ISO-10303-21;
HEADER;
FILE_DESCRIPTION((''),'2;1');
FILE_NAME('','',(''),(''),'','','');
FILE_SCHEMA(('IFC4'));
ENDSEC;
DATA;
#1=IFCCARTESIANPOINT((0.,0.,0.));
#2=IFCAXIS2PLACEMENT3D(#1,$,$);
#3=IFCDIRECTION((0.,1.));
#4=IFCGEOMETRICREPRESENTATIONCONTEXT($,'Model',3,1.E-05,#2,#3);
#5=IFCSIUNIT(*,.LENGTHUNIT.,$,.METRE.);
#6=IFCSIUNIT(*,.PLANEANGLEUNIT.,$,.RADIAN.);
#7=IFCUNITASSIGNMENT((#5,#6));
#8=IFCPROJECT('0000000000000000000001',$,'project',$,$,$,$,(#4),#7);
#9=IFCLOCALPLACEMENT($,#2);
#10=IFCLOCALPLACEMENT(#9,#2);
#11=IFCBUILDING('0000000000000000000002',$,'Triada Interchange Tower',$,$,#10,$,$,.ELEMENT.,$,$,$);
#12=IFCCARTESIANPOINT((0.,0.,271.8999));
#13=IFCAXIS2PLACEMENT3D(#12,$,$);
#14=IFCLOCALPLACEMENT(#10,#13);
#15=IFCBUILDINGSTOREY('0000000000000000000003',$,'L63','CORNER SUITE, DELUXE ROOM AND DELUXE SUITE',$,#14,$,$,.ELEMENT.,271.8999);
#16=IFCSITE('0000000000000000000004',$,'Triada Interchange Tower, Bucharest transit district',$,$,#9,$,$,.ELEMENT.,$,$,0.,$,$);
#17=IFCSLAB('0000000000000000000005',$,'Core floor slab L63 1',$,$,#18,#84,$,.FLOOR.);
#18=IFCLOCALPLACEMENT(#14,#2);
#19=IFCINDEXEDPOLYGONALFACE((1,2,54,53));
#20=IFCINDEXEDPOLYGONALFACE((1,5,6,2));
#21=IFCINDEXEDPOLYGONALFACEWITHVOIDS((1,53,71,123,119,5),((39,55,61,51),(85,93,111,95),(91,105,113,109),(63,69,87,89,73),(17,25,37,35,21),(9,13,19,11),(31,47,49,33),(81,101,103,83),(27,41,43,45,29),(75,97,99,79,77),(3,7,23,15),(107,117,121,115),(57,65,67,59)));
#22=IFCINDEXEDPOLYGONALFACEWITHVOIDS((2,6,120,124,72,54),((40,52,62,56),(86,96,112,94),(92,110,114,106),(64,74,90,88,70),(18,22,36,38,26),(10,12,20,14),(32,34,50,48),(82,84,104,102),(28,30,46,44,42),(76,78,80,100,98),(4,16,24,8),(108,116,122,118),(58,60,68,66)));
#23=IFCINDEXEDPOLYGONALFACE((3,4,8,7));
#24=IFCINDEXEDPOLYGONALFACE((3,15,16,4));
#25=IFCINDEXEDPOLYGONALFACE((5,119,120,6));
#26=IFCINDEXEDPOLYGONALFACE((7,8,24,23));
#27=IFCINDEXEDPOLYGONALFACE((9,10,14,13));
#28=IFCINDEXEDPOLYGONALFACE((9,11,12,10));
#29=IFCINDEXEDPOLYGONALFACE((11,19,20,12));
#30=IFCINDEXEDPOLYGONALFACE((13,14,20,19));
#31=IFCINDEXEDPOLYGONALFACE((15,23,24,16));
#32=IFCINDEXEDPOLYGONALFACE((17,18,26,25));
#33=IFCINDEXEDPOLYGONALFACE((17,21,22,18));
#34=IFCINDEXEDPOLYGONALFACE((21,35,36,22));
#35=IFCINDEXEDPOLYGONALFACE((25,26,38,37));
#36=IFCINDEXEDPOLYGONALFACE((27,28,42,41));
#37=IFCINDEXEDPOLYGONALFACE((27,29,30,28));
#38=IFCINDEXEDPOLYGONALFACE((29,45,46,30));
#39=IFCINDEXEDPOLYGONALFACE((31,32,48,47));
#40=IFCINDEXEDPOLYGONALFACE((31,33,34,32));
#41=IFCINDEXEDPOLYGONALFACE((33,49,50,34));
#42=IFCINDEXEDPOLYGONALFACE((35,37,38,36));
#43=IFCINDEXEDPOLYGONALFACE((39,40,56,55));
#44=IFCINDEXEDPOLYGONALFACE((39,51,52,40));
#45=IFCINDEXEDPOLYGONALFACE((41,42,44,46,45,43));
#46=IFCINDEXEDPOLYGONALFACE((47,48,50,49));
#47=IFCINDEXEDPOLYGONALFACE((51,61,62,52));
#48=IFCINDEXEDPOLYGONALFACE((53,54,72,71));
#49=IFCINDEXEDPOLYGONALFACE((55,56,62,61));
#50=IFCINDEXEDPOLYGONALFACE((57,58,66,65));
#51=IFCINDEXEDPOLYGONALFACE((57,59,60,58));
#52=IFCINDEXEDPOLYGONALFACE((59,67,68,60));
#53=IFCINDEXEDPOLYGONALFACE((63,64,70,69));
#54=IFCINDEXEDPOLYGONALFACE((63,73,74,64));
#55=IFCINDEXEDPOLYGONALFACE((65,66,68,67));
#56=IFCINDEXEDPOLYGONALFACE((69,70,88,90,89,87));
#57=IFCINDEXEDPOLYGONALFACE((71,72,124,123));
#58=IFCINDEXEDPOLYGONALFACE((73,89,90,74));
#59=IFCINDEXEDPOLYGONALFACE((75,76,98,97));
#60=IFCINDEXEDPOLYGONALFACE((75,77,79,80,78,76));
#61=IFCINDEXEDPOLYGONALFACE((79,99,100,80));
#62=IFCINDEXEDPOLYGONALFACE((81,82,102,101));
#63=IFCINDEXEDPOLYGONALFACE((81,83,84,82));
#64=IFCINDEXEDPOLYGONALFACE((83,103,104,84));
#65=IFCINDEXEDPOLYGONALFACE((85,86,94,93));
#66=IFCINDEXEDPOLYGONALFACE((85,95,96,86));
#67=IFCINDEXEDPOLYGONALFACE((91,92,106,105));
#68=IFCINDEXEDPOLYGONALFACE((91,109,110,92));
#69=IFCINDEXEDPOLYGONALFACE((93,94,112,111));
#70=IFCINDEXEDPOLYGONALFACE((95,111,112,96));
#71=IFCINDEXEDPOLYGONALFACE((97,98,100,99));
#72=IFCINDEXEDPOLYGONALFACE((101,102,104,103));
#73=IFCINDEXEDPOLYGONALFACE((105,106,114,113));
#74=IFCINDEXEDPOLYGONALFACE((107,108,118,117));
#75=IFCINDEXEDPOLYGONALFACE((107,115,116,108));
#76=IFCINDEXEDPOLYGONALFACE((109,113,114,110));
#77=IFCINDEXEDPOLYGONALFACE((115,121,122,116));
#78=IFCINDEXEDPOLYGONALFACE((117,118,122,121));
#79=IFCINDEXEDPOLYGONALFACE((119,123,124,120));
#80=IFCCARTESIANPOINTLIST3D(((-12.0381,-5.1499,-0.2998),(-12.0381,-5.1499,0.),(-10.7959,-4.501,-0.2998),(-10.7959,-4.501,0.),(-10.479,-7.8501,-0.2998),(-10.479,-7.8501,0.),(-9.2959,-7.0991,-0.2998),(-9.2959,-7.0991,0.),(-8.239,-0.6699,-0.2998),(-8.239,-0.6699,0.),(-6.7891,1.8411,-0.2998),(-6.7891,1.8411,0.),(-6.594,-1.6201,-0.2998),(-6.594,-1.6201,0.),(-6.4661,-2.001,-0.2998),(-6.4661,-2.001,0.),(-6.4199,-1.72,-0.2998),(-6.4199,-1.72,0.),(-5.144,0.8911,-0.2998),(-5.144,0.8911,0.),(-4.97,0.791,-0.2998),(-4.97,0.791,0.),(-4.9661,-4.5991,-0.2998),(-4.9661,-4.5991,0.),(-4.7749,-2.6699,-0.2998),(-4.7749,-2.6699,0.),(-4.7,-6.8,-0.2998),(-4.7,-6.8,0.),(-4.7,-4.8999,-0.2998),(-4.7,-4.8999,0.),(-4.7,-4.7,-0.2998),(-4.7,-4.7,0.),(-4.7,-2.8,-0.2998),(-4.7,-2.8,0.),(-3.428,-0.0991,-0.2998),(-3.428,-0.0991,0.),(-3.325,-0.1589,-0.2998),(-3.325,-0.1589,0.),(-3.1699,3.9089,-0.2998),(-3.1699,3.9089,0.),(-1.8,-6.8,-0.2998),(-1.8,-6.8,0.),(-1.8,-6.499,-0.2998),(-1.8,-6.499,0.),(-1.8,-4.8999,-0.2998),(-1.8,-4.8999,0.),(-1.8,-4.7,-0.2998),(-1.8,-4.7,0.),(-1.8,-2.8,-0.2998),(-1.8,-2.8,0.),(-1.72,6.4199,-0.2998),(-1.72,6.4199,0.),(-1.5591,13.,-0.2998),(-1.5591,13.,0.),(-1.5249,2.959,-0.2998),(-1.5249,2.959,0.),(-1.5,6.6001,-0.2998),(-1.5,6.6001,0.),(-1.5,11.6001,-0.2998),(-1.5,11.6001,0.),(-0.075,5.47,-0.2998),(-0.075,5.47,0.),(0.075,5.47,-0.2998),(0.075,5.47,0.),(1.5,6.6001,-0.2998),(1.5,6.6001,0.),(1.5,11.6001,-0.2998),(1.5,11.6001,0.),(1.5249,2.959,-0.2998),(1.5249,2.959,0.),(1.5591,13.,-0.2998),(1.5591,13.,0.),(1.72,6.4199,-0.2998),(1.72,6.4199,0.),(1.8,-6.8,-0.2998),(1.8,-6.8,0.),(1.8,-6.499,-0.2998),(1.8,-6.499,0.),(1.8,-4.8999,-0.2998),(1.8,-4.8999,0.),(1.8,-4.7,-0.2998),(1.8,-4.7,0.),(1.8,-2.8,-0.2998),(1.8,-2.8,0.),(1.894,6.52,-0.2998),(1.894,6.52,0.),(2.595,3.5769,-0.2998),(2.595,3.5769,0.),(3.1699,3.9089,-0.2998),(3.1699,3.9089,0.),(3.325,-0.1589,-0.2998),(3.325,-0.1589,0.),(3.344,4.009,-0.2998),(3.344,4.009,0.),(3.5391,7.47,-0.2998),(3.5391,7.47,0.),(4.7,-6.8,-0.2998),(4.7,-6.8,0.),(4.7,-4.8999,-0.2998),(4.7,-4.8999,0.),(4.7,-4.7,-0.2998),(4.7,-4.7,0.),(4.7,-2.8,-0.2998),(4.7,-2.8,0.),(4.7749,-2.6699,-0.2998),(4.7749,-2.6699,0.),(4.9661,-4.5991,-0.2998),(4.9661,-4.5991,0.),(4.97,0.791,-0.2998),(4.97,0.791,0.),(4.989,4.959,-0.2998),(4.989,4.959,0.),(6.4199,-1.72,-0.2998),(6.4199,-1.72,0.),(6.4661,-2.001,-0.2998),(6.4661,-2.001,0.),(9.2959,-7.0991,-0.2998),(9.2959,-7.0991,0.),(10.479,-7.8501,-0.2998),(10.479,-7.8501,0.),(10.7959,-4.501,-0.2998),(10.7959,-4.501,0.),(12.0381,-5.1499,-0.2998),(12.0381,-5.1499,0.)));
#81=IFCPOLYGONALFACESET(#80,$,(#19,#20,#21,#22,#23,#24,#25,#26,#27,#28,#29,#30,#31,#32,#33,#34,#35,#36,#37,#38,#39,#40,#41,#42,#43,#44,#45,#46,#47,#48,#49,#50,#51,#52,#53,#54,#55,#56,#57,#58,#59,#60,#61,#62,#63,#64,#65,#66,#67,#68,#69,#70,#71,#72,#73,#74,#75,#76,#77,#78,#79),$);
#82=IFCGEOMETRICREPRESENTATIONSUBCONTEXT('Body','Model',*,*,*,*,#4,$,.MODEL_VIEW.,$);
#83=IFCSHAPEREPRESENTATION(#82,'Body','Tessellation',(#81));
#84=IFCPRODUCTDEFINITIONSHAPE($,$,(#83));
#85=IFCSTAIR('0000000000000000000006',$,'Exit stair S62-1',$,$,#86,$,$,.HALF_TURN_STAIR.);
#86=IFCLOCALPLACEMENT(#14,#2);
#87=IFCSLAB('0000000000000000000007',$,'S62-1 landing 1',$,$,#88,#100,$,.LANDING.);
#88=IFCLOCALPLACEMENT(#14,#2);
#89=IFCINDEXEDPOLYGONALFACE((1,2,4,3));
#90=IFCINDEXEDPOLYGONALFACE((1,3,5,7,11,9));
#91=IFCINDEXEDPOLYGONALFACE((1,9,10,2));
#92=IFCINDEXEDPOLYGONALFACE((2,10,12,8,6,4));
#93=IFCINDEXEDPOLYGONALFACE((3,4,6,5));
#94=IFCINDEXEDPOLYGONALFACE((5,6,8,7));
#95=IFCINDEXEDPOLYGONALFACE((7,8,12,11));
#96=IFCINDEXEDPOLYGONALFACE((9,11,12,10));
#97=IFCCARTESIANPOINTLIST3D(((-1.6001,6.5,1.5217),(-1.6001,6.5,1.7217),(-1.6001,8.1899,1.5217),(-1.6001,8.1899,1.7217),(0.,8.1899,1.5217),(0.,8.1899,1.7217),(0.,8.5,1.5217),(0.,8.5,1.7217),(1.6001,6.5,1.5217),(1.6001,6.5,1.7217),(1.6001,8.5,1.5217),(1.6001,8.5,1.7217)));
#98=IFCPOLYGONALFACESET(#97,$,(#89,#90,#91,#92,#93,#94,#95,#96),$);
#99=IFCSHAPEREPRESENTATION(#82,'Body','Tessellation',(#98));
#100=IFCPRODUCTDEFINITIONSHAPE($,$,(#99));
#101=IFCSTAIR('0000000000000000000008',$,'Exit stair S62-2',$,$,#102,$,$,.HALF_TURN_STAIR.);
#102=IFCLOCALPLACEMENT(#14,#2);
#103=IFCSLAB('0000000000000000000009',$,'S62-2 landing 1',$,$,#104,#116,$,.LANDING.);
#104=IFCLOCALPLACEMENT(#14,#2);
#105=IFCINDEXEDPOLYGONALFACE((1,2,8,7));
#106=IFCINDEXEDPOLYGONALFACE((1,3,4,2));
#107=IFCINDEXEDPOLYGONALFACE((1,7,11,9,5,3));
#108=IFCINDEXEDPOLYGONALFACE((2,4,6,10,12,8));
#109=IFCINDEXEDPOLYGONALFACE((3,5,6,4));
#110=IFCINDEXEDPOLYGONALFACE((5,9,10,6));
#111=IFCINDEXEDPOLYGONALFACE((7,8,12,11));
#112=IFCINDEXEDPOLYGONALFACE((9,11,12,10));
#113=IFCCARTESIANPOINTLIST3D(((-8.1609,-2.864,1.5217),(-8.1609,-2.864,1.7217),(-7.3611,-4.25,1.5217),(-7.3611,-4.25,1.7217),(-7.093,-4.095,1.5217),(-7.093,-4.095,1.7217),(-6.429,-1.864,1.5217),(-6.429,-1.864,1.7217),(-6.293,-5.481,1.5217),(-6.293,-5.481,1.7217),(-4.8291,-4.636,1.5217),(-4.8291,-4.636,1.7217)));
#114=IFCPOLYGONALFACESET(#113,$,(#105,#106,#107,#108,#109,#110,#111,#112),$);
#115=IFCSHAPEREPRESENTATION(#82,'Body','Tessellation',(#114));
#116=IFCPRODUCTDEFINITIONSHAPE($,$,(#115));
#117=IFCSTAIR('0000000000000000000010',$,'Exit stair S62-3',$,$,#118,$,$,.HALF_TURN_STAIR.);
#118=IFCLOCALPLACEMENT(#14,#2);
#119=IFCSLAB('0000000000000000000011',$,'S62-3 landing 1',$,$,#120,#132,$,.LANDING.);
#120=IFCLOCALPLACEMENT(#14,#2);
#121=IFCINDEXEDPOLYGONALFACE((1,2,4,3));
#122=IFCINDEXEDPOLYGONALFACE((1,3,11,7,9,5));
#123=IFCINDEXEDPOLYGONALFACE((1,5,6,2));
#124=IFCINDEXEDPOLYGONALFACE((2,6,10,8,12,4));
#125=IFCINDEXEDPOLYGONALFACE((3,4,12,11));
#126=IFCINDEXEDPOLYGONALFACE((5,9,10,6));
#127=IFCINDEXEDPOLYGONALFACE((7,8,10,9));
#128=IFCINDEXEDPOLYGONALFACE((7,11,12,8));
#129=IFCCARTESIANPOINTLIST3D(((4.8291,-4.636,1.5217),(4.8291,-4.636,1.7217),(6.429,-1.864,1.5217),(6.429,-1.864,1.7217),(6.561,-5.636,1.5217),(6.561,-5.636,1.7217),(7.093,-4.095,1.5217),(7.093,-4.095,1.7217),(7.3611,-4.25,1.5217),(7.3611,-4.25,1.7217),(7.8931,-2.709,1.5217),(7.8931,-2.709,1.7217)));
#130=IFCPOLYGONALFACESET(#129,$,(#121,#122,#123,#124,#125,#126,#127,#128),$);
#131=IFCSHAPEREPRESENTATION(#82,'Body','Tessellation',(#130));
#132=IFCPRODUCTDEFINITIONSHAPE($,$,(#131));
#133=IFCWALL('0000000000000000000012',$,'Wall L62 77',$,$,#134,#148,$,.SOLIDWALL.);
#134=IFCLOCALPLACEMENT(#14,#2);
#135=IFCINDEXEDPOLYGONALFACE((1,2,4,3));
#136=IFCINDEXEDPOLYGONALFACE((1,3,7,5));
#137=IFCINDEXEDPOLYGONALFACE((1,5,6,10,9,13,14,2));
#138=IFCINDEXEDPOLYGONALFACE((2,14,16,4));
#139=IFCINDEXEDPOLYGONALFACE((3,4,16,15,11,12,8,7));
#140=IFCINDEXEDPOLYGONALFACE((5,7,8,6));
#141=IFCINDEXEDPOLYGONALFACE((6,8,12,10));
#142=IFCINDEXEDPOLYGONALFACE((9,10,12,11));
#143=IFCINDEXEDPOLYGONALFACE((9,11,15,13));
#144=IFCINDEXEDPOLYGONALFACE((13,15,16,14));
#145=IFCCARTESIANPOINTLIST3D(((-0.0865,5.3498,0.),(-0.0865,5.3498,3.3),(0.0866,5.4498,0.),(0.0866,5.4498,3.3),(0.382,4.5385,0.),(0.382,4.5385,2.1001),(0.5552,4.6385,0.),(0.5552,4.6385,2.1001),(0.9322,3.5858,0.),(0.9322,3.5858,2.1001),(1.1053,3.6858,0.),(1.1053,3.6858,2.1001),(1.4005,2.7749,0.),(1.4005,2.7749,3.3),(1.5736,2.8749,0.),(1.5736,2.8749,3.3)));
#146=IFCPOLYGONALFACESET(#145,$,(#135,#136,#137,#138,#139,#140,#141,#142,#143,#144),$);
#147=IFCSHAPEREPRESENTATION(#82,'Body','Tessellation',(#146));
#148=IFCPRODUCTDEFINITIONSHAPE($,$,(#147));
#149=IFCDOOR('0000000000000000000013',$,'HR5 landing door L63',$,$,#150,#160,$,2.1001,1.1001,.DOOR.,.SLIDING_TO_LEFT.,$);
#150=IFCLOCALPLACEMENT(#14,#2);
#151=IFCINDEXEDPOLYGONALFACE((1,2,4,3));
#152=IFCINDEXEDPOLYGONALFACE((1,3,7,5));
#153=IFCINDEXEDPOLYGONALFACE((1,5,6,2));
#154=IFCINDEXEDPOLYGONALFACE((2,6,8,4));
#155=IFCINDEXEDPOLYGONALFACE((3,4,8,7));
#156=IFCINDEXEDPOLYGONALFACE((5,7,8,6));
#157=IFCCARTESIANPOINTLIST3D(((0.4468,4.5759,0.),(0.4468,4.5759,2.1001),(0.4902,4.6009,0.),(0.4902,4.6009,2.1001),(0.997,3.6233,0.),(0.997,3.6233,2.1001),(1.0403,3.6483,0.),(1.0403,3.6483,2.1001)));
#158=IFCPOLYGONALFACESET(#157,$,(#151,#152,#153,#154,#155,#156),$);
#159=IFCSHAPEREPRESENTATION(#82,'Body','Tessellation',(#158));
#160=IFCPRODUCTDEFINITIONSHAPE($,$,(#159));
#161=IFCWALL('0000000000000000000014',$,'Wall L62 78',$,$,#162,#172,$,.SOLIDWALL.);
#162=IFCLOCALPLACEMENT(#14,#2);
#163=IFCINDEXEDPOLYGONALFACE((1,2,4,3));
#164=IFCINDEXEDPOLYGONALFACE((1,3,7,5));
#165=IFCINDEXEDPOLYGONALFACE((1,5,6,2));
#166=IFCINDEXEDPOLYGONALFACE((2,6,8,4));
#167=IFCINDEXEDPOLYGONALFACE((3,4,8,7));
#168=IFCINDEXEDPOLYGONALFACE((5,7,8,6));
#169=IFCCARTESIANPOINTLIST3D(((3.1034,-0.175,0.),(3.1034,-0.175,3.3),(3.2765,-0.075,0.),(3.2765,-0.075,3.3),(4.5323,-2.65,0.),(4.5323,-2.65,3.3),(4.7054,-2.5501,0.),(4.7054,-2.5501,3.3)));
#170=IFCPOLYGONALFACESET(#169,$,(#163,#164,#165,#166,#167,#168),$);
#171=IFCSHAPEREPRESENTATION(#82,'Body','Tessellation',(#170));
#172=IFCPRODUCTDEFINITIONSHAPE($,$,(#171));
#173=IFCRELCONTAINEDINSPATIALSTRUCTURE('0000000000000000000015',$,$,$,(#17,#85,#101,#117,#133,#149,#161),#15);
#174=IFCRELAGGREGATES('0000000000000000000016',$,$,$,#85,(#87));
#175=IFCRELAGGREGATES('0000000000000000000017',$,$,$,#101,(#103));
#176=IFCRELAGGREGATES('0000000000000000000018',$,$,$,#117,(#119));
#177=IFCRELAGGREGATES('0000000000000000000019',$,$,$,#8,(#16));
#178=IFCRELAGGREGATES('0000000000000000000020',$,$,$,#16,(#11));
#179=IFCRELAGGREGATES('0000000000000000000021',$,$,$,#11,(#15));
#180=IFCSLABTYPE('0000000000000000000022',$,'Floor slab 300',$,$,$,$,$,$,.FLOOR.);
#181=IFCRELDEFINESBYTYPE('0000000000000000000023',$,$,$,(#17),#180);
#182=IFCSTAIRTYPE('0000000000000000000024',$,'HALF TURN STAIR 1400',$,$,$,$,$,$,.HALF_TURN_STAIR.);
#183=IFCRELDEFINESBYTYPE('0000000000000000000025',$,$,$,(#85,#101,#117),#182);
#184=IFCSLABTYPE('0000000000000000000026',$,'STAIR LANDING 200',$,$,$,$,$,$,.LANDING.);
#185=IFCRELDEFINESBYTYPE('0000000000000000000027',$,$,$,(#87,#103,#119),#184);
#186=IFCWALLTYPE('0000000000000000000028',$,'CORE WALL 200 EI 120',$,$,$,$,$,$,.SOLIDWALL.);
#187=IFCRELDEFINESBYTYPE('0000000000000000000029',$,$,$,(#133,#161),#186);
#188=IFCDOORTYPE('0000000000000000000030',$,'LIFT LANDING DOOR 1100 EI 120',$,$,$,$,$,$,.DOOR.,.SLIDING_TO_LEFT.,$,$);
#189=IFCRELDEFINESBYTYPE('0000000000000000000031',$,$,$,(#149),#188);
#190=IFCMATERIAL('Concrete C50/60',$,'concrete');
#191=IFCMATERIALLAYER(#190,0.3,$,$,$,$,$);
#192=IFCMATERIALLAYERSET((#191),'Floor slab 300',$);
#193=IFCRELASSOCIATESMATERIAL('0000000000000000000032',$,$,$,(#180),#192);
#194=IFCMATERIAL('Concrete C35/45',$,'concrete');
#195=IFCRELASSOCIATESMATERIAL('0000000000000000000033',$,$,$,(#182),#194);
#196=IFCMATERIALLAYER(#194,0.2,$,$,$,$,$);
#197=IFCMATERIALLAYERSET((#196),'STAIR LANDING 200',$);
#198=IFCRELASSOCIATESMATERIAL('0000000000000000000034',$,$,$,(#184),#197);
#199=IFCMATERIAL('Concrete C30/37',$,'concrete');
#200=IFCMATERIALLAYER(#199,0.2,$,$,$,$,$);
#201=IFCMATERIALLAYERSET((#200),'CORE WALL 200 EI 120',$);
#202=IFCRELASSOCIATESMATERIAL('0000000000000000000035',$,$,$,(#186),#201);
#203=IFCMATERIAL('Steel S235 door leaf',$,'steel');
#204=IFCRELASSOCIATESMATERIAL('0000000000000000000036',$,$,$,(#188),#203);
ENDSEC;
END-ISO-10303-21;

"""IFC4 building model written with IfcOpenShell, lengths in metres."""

from ifc_helpers import new_model, si_unit, direction, frame, frame_2d, origin, place, context, subcontext, project, spatial, polyline, rectangle, outline, extrude, material, layer, layer_set, type_object, element, fill, aggregate, save


model = new_model("IFC4")

# Units and contexts
model_context = context("Model", 3, precision=1e-05, world=origin(), true_north=direction((0.0, 1.0)))
body_context = subcontext(model_context, "Body", "Model", "MODEL_VIEW")
ifc_project = project(units=[si_unit("LENGTHUNIT", "METRE"), si_unit("PLANEANGLEUNIT", "RADIAN")], contexts=[model_context])

# Site, building, storey
site_placement = place(None, origin())
site = spatial("IfcSite", under=ifc_project, at=site_placement, Name="Triada Interchange Tower, Bucharest transit district", CompositionType="ELEMENT", RefElevation=0.0)
building_placement = place(site_placement, origin())
building = spatial("IfcBuilding", under=site, at=building_placement, Name="Triada Interchange Tower", CompositionType="ELEMENT")
storey_placement = place(building_placement, frame((0.0, 0.0, 271.8999)))
storey = spatial("IfcBuildingStorey", under=building, at=storey_placement, Name="L63", Description="CORNER SUITE, DELUXE ROOM AND DELUXE SUITE", CompositionType="ELEMENT", Elevation=271.8999)

# Slab
ifc_material_1 = material(Name="Concrete C50/60", Category="concrete")
ifc_layer_1 = layer(ifc_material_1, 0.3)
ifc_layer_set_1 = layer_set([ifc_layer_1], Name="Floor slab 300")
slab_type_1 = type_object("IfcSlabType", Name="Floor slab 300", PredefinedType="FLOOR", material=ifc_layer_set_1)
slab_1_placement = place(storey_placement, frame((0.0, 0.0, -0.2998)))
element("IfcSlab", 1, at=slab_1_placement, inside=storey, type_object=slab_type_1, Name="Core floor slab L63 1", PredefinedType="FLOOR", context=body_context, shape_type="SweptSolid", body=[
    extrude(outline(polyline([(12.0381, -5.1499), (10.479, -7.8501), (-10.479, -7.8501), (-12.0381, -5.1499), (-1.5591, 13.0), (1.5591, 13.0), (12.0381, -5.1499)]), holes=[polyline([(9.2959, -7.0991), (10.7959, -4.501), (6.4661, -2.001), (4.9661, -4.5991), (9.2959, -7.0991)]), polyline([(4.97, 0.791), (3.325, -0.1589), (4.7749, -2.6699), (6.4199, -1.72), (4.97, 0.791)]), polyline([(1.894, 6.52), (3.344, 4.009), (4.989, 4.959), (3.5391, 7.47), (1.894, 6.52)]), polyline([(1.8, -4.8999), (1.8, -6.499), (1.8, -6.8), (4.7, -6.8), (4.7, -4.8999), (1.8, -4.8999)]), polyline([(4.7, -2.8), (1.8, -2.8), (1.8, -4.7), (4.7, -4.7), (4.7, -2.8)]), polyline([(1.5249, 2.959), (2.595, 3.5769), (3.1699, 3.9089), (1.72, 6.4199), (0.075, 5.47), (1.5249, 2.959)]), polyline([(-1.5, 11.6001), (-1.5, 6.6001), (1.5, 6.6001), (1.5, 11.6001), (-1.5, 11.6001)]), polyline([(-1.5249, 2.959), (-0.075, 5.47), (-1.72, 6.4199), (-3.1699, 3.9089), (-1.5249, 2.959)]), polyline([(-1.8, -2.8), (-4.7, -2.8), (-4.7, -4.7), (-1.8, -4.7), (-1.8, -2.8)]), polyline([(-4.7, -6.8), (-1.8, -6.8), (-1.8, -6.499), (-1.8, -4.8999), (-4.7, -4.8999), (-4.7, -6.8)]), polyline([(-3.428, -0.0991), (-4.97, 0.791), (-6.4199, -1.72), (-4.7749, -2.6699), (-3.325, -0.1589), (-3.428, -0.0991)]), polyline([(-10.7959, -4.501), (-9.2959, -7.0991), (-4.9661, -4.5991), (-6.4661, -2.001), (-10.7959, -4.501)]), polyline([(-6.594, -1.6201), (-5.144, 0.8911), (-6.7891, 1.8411), (-8.239, -0.6699), (-6.594, -1.6201)])]), origin(), (0.0, 0.0, 1.0), 0.2998),
])

# Stairs, slabs
ifc_material_2 = material(Name="Concrete C35/45", Category="concrete")
stair_type = type_object("IfcStairType", Name="HALF TURN STAIR 1400", PredefinedType="HALF_TURN_STAIR", material=ifc_material_2)
stair_1_placement = place(storey_placement, origin())
stair_1 = element("IfcStair", 2, at=stair_1_placement, inside=storey, type_object=stair_type, Name="Exit stair S62-1", PredefinedType="HALF_TURN_STAIR")
ifc_layer_2 = layer(ifc_material_2, 0.2)
ifc_layer_set_2 = layer_set([ifc_layer_2], Name="STAIR LANDING 200")
slab_type_2 = type_object("IfcSlabType", Name="STAIR LANDING 200", PredefinedType="LANDING", material=ifc_layer_set_2)
slab_2_placement = place(storey_placement, frame((0.0, 0.0, 1.5217)))
slab_2 = element("IfcSlab", 3, at=slab_2_placement, type_object=slab_type_2, Name="S62-1 landing 1", PredefinedType="LANDING", context=body_context, shape_type="SweptSolid", body=[
    extrude(outline(polyline([(1.6001, 6.5), (1.6001, 8.5), (0.0, 8.5), (0.0, 8.1899), (-1.6001, 8.1899), (-1.6001, 6.5), (1.6001, 6.5)])), origin(), (0.0, 0.0, 1.0), 0.2),
])
aggregate(stair_1, [slab_2])
stair_2_placement = place(storey_placement, origin())
stair_2 = element("IfcStair", 4, at=stair_2_placement, inside=storey, type_object=stair_type, Name="Exit stair S62-2", PredefinedType="HALF_TURN_STAIR")
slab_3_placement = place(storey_placement, frame((0.0, 0.0, 1.5217)))
slab_3 = element("IfcSlab", 5, at=slab_3_placement, type_object=slab_type_2, Name="S62-2 landing 1", PredefinedType="LANDING", context=body_context, shape_type="SweptSolid", body=[
    extrude(outline(polyline([(-6.429, -1.864), (-8.1609, -2.864), (-7.3611, -4.25), (-7.093, -4.095), (-6.293, -5.481), (-4.8291, -4.636), (-6.429, -1.864)])), origin(), (0.0, 0.0, 1.0), 0.2),
])
aggregate(stair_2, [slab_3])
stair_3_placement = place(storey_placement, origin())
stair_3 = element("IfcStair", 6, at=stair_3_placement, inside=storey, type_object=stair_type, Name="Exit stair S62-3", PredefinedType="HALF_TURN_STAIR")
slab_4_placement = place(storey_placement, frame((0.0, 0.0, 1.5217)))
slab_4 = element("IfcSlab", 7, at=slab_4_placement, type_object=slab_type_2, Name="S62-3 landing 1", PredefinedType="LANDING", context=body_context, shape_type="SweptSolid", body=[
    extrude(outline(polyline([(4.8291, -4.636), (6.561, -5.636), (7.3611, -4.25), (7.093, -4.095), (7.8931, -2.709), (6.429, -1.864), (4.8291, -4.636)])), origin(), (0.0, 0.0, 1.0), 0.2),
])
aggregate(stair_3, [slab_4])

# Wall, opening, door
ifc_material_3 = material(Name="Concrete C30/37", Category="concrete")
ifc_layer_3 = layer(ifc_material_3, 0.2)
ifc_layer_set_3 = layer_set([ifc_layer_3], Name="CORE WALL 200 EI 120")
wall_type_1 = type_object("IfcWallType", Name="CORE WALL 200 EI 120", PredefinedType="SOLIDWALL", material=ifc_layer_set_3)
wall_1_placement = place(storey_placement, frame((0.0, 5.3999, 0.0), z_axis=(0.0, 0.0, 1.0), x_axis=(0.500104, -0.865965, 0.0)))
wall_1 = element("IfcWall", 8, at=wall_1_placement, inside=storey, type_object=wall_type_1, Name="Wall L62 77", PredefinedType="SOLIDWALL", context=body_context, shape_type="SweptSolid", body=[
    extrude(rectangle(XDim=2.9734, YDim=0.2, at=frame_2d((1.4868, 0.0))), origin(), (0.0, 0.0, 1.0), 3.3),
])
opening_1_placement = place(wall_1_placement, frame((0.937, 0.0, 0.0)))
opening_1 = element("IfcOpeningElement", 9, at=opening_1_placement, cuts=wall_1, PredefinedType="OPENING", context=body_context, shape_type="SweptSolid", body=[
    extrude(rectangle(XDim=1.1001, YDim=2.1001, at=frame_2d((0.55, 1.05))), frame((0.0, 0.1099, 0.0), z_axis=(0.0, -1.0, 0.0), x_axis=(1.0, 0.0, 0.0)), (0.0, 0.0, 1.0), 0.22),
])
ifc_material_4 = material(Name="Steel S235 door leaf", Category="steel")
door_type_1 = type_object("IfcDoorType", Name="LIFT LANDING DOOR 1100 EI 120", OperationType="SLIDING_TO_LEFT", PredefinedType="DOOR", material=ifc_material_4)
door_1_placement = place(opening_1_placement, origin())
door_1 = element("IfcDoor", 10, at=door_1_placement, inside=storey, type_object=door_type_1, Name="HR5 landing door L63", OperationType="SLIDING_TO_LEFT", OverallHeight=2.1001, OverallWidth=1.1001, PredefinedType="DOOR", context=body_context, shape_type="SweptSolid", body=[
    extrude(rectangle(XDim=1.1001, YDim=2.1001, at=frame_2d((0.55, 1.05))), frame((0.0, 0.0249, 0.0), z_axis=(0.0, -1.0, 0.0), x_axis=(1.0, 0.0, 0.0)), (0.0, 0.0, 1.0), 0.05),
])
fill(opening_1, door_1)

# Wall
wall_2_placement = place(storey_placement, frame((3.1899, -0.125, 0.0), z_axis=(0.0, 0.0, 1.0), x_axis=(0.499989, -0.866032, 0.0)))
element("IfcWall", 11, at=wall_2_placement, inside=storey, type_object=wall_type_1, Name="Wall L62 78", PredefinedType="SOLIDWALL", context=body_context, shape_type="SweptSolid", body=[
    extrude(rectangle(XDim=2.8579, YDim=0.2, at=frame_2d((1.429, 0.0))), origin(), (0.0, 0.0, 1.0), 3.3),
])

save(model, "model.ifc")
